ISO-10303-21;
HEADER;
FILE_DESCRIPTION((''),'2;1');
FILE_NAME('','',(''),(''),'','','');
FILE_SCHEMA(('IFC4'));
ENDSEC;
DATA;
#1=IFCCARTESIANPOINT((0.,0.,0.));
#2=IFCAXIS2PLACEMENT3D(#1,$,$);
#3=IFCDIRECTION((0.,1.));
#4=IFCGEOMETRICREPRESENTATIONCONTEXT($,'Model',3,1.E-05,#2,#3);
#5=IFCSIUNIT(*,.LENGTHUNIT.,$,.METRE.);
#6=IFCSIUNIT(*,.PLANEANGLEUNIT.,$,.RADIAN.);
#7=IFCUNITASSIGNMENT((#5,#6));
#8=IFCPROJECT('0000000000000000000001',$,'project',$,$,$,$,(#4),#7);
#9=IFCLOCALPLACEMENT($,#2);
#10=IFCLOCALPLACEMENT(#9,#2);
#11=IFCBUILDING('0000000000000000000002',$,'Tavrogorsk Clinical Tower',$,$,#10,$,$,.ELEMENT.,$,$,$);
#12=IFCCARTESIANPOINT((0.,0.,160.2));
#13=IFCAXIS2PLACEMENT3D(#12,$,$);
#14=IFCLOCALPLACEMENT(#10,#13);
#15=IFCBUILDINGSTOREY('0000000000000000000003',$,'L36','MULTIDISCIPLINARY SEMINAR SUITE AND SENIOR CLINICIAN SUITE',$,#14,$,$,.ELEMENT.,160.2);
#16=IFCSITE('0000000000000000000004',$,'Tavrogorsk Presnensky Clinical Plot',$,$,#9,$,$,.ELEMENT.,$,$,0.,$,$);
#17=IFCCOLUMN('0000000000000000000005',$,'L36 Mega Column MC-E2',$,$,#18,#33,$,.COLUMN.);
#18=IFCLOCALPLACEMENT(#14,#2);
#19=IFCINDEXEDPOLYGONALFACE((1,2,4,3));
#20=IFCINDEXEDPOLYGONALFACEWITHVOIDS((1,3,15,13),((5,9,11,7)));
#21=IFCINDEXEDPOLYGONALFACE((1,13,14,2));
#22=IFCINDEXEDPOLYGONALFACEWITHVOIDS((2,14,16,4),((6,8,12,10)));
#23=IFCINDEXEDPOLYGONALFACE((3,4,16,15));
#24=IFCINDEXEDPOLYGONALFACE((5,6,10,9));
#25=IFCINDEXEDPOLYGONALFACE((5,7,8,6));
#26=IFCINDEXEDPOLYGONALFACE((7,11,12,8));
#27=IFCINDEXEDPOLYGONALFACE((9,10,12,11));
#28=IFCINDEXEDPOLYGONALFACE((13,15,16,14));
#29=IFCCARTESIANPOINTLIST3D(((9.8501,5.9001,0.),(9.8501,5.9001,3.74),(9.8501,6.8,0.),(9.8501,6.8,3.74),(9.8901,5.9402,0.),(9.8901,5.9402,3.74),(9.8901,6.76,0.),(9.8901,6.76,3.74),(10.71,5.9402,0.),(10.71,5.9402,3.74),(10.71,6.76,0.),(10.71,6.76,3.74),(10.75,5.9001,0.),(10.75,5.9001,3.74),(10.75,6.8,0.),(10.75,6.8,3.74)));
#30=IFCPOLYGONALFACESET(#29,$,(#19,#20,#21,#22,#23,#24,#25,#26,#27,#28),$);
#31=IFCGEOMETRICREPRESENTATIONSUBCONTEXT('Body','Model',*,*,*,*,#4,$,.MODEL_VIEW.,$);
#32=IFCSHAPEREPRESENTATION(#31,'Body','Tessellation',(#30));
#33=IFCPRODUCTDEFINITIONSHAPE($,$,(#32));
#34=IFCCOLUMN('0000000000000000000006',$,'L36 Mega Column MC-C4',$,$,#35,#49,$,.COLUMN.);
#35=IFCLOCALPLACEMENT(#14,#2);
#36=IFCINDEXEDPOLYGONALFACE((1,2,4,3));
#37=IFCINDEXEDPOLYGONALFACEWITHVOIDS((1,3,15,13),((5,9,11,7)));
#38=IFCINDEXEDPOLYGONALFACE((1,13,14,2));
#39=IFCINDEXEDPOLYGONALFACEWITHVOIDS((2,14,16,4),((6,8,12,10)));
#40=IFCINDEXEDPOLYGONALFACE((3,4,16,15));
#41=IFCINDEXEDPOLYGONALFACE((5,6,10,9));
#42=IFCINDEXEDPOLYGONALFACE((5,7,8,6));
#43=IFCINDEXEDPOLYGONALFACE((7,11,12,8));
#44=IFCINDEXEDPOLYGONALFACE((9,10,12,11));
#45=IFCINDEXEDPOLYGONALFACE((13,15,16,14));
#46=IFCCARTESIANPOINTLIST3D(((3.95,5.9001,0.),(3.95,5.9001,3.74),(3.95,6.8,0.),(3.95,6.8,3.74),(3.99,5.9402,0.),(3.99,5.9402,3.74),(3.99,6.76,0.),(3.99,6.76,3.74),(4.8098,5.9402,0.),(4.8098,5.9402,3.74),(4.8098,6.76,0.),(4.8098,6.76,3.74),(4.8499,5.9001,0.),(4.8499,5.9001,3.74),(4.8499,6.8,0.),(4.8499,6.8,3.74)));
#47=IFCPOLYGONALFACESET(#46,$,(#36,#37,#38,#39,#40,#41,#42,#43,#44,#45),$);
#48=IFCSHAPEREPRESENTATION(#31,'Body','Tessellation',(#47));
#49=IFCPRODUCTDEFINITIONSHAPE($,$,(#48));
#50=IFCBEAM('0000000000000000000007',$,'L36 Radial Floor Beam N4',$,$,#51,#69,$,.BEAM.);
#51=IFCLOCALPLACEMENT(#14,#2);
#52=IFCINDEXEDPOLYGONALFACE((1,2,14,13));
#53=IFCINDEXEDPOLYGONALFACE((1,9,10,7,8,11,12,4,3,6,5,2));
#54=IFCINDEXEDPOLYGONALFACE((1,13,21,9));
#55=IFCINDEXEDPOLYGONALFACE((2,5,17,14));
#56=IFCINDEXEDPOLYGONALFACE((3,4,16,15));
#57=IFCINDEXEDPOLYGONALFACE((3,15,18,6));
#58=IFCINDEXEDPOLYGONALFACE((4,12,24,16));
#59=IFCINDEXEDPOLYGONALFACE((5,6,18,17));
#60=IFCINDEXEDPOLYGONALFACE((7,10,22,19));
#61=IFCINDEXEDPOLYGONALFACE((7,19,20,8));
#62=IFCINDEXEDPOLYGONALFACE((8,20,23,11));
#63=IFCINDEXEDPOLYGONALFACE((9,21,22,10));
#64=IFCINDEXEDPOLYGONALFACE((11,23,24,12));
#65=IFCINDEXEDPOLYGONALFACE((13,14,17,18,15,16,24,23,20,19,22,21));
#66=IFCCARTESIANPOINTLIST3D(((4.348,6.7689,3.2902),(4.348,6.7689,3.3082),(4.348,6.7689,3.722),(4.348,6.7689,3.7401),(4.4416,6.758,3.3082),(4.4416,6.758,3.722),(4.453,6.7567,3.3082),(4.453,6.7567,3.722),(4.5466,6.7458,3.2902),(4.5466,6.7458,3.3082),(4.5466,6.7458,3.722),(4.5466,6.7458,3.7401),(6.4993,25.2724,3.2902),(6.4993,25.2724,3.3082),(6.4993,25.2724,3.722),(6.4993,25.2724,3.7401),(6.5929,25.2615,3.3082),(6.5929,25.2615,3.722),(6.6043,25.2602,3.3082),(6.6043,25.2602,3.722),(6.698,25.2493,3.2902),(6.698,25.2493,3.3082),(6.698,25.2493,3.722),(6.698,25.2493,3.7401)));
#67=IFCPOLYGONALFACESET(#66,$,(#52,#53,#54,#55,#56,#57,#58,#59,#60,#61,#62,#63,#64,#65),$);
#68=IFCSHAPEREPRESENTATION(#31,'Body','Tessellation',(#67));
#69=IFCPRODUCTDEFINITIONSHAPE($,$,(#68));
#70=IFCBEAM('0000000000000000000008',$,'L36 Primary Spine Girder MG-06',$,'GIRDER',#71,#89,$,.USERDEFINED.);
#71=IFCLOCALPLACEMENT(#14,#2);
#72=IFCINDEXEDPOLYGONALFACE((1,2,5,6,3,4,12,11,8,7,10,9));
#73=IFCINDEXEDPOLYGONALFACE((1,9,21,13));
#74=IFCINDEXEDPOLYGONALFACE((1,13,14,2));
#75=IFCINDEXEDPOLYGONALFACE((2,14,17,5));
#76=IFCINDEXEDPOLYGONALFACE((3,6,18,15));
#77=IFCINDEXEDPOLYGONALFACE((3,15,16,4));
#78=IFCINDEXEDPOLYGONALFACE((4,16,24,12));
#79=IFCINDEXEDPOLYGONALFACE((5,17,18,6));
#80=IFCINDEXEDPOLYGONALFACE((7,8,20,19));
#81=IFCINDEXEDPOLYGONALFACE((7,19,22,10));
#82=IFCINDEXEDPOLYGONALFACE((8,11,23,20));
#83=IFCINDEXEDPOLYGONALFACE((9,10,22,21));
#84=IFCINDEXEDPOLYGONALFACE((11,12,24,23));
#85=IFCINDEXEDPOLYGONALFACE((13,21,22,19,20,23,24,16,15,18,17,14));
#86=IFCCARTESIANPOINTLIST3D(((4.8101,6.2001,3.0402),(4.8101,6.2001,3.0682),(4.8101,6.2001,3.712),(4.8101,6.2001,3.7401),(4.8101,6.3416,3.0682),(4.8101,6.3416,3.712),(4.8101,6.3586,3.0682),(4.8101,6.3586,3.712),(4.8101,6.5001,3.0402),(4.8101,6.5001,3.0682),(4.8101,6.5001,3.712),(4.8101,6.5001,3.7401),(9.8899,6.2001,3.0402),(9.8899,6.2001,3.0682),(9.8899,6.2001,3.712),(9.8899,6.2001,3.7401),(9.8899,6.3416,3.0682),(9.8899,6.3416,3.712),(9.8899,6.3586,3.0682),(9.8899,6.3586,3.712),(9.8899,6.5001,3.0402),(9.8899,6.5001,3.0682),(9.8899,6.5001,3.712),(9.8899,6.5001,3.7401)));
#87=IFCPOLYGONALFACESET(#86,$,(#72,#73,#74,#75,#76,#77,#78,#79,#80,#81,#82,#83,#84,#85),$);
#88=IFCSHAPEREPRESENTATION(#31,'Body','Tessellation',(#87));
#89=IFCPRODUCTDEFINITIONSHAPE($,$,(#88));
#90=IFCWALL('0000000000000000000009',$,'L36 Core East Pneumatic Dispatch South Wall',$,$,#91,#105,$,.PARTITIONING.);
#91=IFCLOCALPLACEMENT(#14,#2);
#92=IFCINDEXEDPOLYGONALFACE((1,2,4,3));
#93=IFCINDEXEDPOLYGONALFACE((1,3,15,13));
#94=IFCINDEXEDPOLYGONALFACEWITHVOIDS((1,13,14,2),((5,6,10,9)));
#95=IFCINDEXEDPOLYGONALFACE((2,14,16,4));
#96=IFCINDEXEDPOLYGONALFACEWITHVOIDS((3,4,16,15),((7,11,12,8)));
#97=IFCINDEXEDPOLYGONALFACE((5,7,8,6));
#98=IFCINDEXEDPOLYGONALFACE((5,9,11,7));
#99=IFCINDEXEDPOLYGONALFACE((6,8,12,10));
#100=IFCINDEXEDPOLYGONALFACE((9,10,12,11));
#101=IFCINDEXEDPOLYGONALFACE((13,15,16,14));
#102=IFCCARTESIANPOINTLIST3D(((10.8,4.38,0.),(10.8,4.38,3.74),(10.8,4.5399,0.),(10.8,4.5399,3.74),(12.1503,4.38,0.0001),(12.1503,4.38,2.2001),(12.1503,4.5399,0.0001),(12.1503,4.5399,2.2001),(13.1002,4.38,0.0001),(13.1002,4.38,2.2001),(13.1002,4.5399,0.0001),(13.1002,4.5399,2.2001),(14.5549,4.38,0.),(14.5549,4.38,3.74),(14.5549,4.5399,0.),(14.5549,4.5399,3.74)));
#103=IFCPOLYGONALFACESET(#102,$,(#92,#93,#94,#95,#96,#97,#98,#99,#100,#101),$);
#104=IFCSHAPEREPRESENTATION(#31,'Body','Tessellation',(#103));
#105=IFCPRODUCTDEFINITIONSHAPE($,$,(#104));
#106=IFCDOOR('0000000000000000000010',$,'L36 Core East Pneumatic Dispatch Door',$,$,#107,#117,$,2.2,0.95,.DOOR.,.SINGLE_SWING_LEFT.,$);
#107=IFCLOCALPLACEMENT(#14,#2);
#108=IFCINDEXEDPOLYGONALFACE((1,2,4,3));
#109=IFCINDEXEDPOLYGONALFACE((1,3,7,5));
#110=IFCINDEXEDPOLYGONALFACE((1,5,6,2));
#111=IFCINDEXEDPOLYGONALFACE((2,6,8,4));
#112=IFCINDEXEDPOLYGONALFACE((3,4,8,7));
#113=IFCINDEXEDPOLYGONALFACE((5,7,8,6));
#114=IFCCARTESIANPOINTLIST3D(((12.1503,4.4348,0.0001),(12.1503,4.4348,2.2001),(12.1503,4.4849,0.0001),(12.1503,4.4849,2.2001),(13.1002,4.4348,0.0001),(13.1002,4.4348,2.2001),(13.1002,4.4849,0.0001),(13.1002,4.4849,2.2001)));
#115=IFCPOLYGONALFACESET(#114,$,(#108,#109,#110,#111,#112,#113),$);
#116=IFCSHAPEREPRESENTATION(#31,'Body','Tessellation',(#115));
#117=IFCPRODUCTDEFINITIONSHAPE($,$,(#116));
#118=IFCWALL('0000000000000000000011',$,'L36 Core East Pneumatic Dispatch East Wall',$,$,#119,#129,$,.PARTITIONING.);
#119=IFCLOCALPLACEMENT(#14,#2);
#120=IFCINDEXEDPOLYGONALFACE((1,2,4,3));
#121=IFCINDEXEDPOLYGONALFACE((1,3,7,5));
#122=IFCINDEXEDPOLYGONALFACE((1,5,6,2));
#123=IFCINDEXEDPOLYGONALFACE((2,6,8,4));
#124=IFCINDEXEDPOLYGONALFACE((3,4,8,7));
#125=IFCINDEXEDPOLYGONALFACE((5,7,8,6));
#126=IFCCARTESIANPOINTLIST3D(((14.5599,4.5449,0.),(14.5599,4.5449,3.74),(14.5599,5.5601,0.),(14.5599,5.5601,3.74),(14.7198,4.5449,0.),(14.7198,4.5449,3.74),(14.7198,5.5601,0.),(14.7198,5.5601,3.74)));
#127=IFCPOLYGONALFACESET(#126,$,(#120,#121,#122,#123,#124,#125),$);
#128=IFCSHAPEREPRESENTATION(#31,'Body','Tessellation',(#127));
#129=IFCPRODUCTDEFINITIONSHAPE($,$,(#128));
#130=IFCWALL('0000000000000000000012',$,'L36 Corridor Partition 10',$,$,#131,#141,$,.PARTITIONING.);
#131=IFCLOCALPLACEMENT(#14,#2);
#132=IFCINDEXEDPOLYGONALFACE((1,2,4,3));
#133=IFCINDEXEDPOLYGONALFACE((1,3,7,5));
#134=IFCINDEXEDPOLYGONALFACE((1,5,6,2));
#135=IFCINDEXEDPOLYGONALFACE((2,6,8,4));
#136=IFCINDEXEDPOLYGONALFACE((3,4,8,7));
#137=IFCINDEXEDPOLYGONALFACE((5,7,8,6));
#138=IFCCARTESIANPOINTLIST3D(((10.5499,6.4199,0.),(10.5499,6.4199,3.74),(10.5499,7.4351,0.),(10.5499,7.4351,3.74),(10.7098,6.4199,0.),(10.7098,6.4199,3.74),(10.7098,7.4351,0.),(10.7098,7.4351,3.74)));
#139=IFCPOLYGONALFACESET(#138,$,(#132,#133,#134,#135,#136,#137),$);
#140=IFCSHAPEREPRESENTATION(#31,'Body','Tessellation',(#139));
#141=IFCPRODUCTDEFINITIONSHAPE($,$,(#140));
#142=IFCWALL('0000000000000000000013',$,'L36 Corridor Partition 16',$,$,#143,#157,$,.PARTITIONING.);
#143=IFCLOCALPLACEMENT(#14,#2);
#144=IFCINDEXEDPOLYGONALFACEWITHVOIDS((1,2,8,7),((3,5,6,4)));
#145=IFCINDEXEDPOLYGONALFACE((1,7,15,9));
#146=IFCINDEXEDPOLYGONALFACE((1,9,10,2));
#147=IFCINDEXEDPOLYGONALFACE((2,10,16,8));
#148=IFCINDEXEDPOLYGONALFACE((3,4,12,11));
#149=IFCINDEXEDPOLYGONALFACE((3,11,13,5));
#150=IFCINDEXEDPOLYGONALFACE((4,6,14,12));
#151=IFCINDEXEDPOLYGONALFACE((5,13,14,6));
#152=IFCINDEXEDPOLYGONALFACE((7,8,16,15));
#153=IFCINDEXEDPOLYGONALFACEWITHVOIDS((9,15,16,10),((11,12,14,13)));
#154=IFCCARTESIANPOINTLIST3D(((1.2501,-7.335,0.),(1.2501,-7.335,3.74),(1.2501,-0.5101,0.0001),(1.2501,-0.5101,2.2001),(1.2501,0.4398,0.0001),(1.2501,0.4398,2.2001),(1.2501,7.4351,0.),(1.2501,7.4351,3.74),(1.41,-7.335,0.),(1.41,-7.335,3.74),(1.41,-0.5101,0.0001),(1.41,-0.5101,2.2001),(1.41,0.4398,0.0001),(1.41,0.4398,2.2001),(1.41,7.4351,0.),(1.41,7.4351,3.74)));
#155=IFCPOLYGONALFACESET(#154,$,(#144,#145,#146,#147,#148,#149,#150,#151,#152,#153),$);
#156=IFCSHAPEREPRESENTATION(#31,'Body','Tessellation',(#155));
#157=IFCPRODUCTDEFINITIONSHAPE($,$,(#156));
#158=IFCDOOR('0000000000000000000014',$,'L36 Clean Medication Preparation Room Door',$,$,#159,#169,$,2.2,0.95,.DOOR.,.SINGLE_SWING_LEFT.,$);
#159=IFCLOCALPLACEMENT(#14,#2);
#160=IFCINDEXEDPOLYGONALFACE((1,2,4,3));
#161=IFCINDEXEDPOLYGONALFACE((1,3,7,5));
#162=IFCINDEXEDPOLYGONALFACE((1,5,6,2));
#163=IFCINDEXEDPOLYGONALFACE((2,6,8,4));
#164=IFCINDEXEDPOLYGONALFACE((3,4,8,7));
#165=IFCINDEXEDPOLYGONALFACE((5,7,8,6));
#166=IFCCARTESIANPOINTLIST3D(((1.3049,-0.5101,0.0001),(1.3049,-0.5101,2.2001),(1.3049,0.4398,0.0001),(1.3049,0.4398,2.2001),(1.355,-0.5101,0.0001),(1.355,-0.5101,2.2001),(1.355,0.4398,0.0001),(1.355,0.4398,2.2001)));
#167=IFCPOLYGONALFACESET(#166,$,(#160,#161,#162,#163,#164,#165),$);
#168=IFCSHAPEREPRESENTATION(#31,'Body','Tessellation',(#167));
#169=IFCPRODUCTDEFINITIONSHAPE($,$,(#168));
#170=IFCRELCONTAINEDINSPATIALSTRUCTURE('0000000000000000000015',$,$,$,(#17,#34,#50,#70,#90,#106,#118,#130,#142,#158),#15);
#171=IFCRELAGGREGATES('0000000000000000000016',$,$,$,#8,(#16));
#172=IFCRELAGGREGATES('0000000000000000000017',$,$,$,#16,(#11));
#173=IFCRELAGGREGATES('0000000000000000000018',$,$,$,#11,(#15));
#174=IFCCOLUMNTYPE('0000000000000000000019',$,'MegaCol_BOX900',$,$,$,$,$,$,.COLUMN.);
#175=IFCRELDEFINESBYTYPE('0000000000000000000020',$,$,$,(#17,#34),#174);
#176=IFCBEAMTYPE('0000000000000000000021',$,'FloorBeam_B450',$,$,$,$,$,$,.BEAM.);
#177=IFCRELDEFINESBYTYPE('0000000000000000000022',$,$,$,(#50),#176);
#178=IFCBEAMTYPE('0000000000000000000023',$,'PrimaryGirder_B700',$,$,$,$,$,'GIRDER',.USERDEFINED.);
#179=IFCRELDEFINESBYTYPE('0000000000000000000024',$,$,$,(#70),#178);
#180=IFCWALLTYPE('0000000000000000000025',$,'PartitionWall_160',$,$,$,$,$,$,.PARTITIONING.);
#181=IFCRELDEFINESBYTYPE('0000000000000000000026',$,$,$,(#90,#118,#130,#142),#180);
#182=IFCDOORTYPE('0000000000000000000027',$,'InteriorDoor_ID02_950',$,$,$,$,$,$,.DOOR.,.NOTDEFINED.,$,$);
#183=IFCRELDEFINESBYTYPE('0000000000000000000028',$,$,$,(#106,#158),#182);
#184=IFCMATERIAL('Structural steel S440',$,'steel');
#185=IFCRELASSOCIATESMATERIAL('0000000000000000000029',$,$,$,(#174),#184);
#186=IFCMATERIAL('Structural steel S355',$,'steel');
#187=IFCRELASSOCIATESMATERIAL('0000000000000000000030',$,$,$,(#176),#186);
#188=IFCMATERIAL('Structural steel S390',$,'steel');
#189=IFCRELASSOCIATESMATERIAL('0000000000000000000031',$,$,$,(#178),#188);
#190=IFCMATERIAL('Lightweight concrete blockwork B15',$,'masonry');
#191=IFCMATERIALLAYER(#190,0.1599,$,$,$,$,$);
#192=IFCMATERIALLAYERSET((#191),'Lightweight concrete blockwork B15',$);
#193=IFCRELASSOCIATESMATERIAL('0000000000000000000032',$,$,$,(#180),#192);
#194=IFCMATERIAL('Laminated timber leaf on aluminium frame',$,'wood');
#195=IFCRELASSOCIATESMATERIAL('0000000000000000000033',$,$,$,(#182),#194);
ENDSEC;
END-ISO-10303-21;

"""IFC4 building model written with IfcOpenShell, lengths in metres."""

from ifc_helpers import new_model, si_unit, direction, frame, frame_2d, origin, origin_2d, place, context, subcontext, project, spatial, rectangle, hollow_rectangle, i_section, extrude, material, layer, layer_set, material_profile, profile_set, type_object, element, fill, save


model = new_model("IFC4")

# Units and contexts
model_context = context("Model", 3, precision=1e-05, world=origin(), true_north=direction((0.0, 1.0)))
body_context = subcontext(model_context, "Body", "Model", "MODEL_VIEW")
ifc_project = project(units=[si_unit("LENGTHUNIT", "METRE"), si_unit("PLANEANGLEUNIT", "RADIAN")], contexts=[model_context])

# Site, building, storey
site_placement = place(None, origin())
site = spatial("IfcSite", under=ifc_project, at=site_placement, Name="Tavrogorsk Presnensky Clinical Plot", CompositionType="ELEMENT", RefElevation=0.0)
building_placement = place(site_placement, origin())
building = spatial("IfcBuilding", under=site, at=building_placement, Name="Tavrogorsk Clinical Tower", CompositionType="ELEMENT")
storey_placement = place(building_placement, frame((0.0, 0.0, 160.2)))
storey = spatial("IfcBuildingStorey", under=building, at=storey_placement, Name="L36", Description="MULTIDISCIPLINARY SEMINAR SUITE AND SENIOR CLINICIAN SUITE", CompositionType="ELEMENT", Elevation=160.2)

# Columns
ifc_material_1 = material(Name="Structural steel S440", Category="steel")
ifc_material_profile_1 = material_profile(ifc_material_1, hollow_rectangle(XDim=0.8999, YDim=0.8999, WallThickness=0.04, at=origin_2d()), Name="BOX-900x900x40")
ifc_profile_set_1 = profile_set([ifc_material_profile_1], Name="Structural steel S440")
column_type = type_object("IfcColumnType", Name="MegaCol_BOX900", PredefinedType="COLUMN", material=ifc_profile_set_1)
for number, where, z_axis, x_axis, name in (
    (1, (10.3, 6.3501, 0.0), (0.0, 0.0, 1.0), (1.0, 0.0, 0.0), "L36 Mega Column MC-E2"),
    (2, (4.3999, 6.3501, 0.0), (0.0, 0.0, 1.0), (1.0, 0.0, 0.0), "L36 Mega Column MC-C4"),
):
    element("IfcColumn", number, at=place(storey_placement, frame(where, z_axis=z_axis, x_axis=x_axis)), inside=storey, type_object=column_type, Name=name, PredefinedType="COLUMN", context=body_context, shape_type="SweptSolid", body=[
        extrude(hollow_rectangle(XDim=0.8999, YDim=0.8999, WallThickness=0.04, at=origin_2d()), origin(), (0.0, 0.0, 1.0), 3.74),
    ])

# Beams
ifc_material_2 = material(Name="Structural steel S355", Category="steel")
ifc_material_profile_2 = material_profile(ifc_material_2, i_section(OverallWidth=0.2, OverallDepth=0.45, WebThickness=0.0115, FlangeThickness=0.0181, at=origin_2d()), Name="B-450x200x11.5x18")
ifc_profile_set_2 = profile_set([ifc_material_profile_2], Name="Structural steel S355")
beam_type_1 = type_object("IfcBeamType", Name="FloorBeam_B450", PredefinedType="BEAM", material=ifc_profile_set_2)
beam_1_placement = place(storey_placement, frame((4.4473, 6.7573, 3.5151), z_axis=(0.115491, 0.993309, 0.0), x_axis=(-0.993309, 0.115491, 0.0)))
element("IfcBeam", 3, at=beam_1_placement, inside=storey, type_object=beam_type_1, Name="L36 Radial Floor Beam N4", PredefinedType="BEAM", context=body_context, shape_type="SweptSolid", body=[
    extrude(i_section(OverallWidth=0.2, OverallDepth=0.45, WebThickness=0.0115, FlangeThickness=0.0181, at=origin_2d()), origin(), (0.0, 0.0, 1.0), 18.6282),
])
ifc_material_3 = material(Name="Structural steel S390", Category="steel")
ifc_material_profile_3 = material_profile(ifc_material_3, i_section(OverallWidth=0.3, OverallDepth=0.7, WebThickness=0.0171, FlangeThickness=0.0281, at=origin_2d()), Name="B-700x300x17x28")
ifc_profile_set_3 = profile_set([ifc_material_profile_3], Name="Structural steel S390")
beam_type_2 = type_object("IfcBeamType", Name="PrimaryGirder_B700", ElementType="GIRDER", PredefinedType="USERDEFINED", material=ifc_profile_set_3)
beam_2_placement = place(storey_placement, frame((4.8101, 6.3501, 3.3901), z_axis=(1.0, 0.0, 0.0), x_axis=(0.0, 1.0, 0.0)))
element("IfcBeam", 4, at=beam_2_placement, inside=storey, type_object=beam_type_2, Name="L36 Primary Spine Girder MG-06", ObjectType="GIRDER", PredefinedType="USERDEFINED", context=body_context, shape_type="SweptSolid", body=[
    extrude(i_section(OverallWidth=0.3, OverallDepth=0.7, WebThickness=0.0171, FlangeThickness=0.0281, at=origin_2d()), origin(), (0.0, 0.0, 1.0), 5.0798),
])

# Wall, opening, door
ifc_material_4 = material(Name="Lightweight concrete blockwork B15", Category="masonry")
ifc_layer_1 = layer(ifc_material_4, 0.1599)
ifc_layer_set_1 = layer_set([ifc_layer_1], Name="Lightweight concrete blockwork B15")
wall_type_1 = type_object("IfcWallType", Name="PartitionWall_160", PredefinedType="PARTITIONING", material=ifc_layer_set_1)
wall_1_placement = place(storey_placement, frame((10.8, 4.46, 0.0), z_axis=(0.0, 0.0, 1.0), x_axis=(1.0, 0.0, 0.0)))
wall_1 = element("IfcWall", 5, at=wall_1_placement, inside=storey, type_object=wall_type_1, Name="L36 Core East Pneumatic Dispatch South Wall", PredefinedType="PARTITIONING", context=body_context, shape_type="SweptSolid", body=[
    extrude(rectangle(XDim=3.7549, YDim=0.1599, at=frame_2d((1.8774, 0.0))), origin(), (0.0, 0.0, 1.0), 3.74),
])
opening_1_placement = place(wall_1_placement, frame((1.3501, 0.0, 0.0)))
opening_1 = element("IfcOpeningElement", 6, at=opening_1_placement, cuts=wall_1, PredefinedType="OPENING", context=body_context, shape_type="SweptSolid", body=[
    extrude(rectangle(XDim=0.95, YDim=2.2, at=frame_2d((0.4751, 1.1001))), frame((0.0, 0.0898, 0.0), z_axis=(0.0, -1.0, 0.0), x_axis=(1.0, 0.0, 0.0)), (0.0, 0.0, 1.0), 0.1799),
])
ifc_material_5 = material(Name="Laminated timber leaf on aluminium frame", Category="wood")
door_type_1 = type_object("IfcDoorType", Name="InteriorDoor_ID02_950", OperationType="NOTDEFINED", PredefinedType="DOOR", material=ifc_material_5)
door_1_placement = place(opening_1_placement, origin())
door_1 = element("IfcDoor", 7, at=door_1_placement, inside=storey, type_object=door_type_1, Name="L36 Core East Pneumatic Dispatch Door", OperationType="SINGLE_SWING_LEFT", OverallHeight=2.2, OverallWidth=0.95, PredefinedType="DOOR", context=body_context, shape_type="SweptSolid", body=[
    extrude(rectangle(XDim=0.95, YDim=2.2, at=frame_2d((0.4751, 1.1001))), frame((0.0, 0.0249, 0.0), z_axis=(0.0, -1.0, 0.0), x_axis=(1.0, 0.0, 0.0)), (0.0, 0.0, 1.0), 0.05),
])
fill(opening_1, door_1)

# Walls
for number, where, z_axis, x_axis, name in (
    (8, (14.6399, 4.5449, 0.0), (0.0, 0.0, 1.0), (0.0, 1.0, 0.0), "L36 Core East Pneumatic Dispatch East Wall"),
    (9, (10.6299, 7.4351, 0.0), (0.0, 0.0, 1.0), (0.0, -1.0, 0.0), "L36 Corridor Partition 10"),
):
    element("IfcWall", number, at=place(storey_placement, frame(where, z_axis=z_axis, x_axis=x_axis)), inside=storey, type_object=wall_type_1, Name=name, PredefinedType="PARTITIONING", context=body_context, shape_type="SweptSolid", body=[
        extrude(rectangle(XDim=1.0151, YDim=0.1599, at=frame_2d((0.5076, 0.0))), origin(), (0.0, 0.0, 1.0), 3.74),
    ])

# Wall, opening, door
wall_2_placement = place(storey_placement, frame((1.3301, 7.4351, 0.0), z_axis=(0.0, 0.0, 1.0), x_axis=(0.0, -1.0, 0.0)))
wall_2 = element("IfcWall", 10, at=wall_2_placement, inside=storey, type_object=wall_type_1, Name="L36 Corridor Partition 16", PredefinedType="PARTITIONING", context=body_context, shape_type="SweptSolid", body=[
    extrude(rectangle(XDim=14.77, YDim=0.1599, at=frame_2d((7.385, 0.0))), origin(), (0.0, 0.0, 1.0), 3.74),
])
opening_2_placement = place(wall_2_placement, frame((6.9951, 0.0, 0.0)))
opening_2 = element("IfcOpeningElement", 11, at=opening_2_placement, cuts=wall_2, PredefinedType="OPENING", context=body_context, shape_type="SweptSolid", body=[
    extrude(rectangle(XDim=0.95, YDim=2.2, at=frame_2d((0.4751, 1.1001))), frame((0.0, 0.0898, 0.0), z_axis=(0.0, -1.0, 0.0), x_axis=(1.0, 0.0, 0.0)), (0.0, 0.0, 1.0), 0.1799),
])
door_2_placement = place(opening_2_placement, origin())
door_2 = element("IfcDoor", 12, at=door_2_placement, inside=storey, type_object=door_type_1, Name="L36 Clean Medication Preparation Room Door", OperationType="SINGLE_SWING_LEFT", OverallHeight=2.2, OverallWidth=0.95, PredefinedType="DOOR", context=body_context, shape_type="SweptSolid", body=[
    extrude(rectangle(XDim=0.95, YDim=2.2, at=frame_2d((0.4751, 1.1001))), frame((0.0, 0.0249, 0.0), z_axis=(0.0, -1.0, 0.0), x_axis=(1.0, 0.0, 0.0)), (0.0, 0.0, 1.0), 0.05),
])
fill(opening_2, door_2)

save(model, "model.ifc")
